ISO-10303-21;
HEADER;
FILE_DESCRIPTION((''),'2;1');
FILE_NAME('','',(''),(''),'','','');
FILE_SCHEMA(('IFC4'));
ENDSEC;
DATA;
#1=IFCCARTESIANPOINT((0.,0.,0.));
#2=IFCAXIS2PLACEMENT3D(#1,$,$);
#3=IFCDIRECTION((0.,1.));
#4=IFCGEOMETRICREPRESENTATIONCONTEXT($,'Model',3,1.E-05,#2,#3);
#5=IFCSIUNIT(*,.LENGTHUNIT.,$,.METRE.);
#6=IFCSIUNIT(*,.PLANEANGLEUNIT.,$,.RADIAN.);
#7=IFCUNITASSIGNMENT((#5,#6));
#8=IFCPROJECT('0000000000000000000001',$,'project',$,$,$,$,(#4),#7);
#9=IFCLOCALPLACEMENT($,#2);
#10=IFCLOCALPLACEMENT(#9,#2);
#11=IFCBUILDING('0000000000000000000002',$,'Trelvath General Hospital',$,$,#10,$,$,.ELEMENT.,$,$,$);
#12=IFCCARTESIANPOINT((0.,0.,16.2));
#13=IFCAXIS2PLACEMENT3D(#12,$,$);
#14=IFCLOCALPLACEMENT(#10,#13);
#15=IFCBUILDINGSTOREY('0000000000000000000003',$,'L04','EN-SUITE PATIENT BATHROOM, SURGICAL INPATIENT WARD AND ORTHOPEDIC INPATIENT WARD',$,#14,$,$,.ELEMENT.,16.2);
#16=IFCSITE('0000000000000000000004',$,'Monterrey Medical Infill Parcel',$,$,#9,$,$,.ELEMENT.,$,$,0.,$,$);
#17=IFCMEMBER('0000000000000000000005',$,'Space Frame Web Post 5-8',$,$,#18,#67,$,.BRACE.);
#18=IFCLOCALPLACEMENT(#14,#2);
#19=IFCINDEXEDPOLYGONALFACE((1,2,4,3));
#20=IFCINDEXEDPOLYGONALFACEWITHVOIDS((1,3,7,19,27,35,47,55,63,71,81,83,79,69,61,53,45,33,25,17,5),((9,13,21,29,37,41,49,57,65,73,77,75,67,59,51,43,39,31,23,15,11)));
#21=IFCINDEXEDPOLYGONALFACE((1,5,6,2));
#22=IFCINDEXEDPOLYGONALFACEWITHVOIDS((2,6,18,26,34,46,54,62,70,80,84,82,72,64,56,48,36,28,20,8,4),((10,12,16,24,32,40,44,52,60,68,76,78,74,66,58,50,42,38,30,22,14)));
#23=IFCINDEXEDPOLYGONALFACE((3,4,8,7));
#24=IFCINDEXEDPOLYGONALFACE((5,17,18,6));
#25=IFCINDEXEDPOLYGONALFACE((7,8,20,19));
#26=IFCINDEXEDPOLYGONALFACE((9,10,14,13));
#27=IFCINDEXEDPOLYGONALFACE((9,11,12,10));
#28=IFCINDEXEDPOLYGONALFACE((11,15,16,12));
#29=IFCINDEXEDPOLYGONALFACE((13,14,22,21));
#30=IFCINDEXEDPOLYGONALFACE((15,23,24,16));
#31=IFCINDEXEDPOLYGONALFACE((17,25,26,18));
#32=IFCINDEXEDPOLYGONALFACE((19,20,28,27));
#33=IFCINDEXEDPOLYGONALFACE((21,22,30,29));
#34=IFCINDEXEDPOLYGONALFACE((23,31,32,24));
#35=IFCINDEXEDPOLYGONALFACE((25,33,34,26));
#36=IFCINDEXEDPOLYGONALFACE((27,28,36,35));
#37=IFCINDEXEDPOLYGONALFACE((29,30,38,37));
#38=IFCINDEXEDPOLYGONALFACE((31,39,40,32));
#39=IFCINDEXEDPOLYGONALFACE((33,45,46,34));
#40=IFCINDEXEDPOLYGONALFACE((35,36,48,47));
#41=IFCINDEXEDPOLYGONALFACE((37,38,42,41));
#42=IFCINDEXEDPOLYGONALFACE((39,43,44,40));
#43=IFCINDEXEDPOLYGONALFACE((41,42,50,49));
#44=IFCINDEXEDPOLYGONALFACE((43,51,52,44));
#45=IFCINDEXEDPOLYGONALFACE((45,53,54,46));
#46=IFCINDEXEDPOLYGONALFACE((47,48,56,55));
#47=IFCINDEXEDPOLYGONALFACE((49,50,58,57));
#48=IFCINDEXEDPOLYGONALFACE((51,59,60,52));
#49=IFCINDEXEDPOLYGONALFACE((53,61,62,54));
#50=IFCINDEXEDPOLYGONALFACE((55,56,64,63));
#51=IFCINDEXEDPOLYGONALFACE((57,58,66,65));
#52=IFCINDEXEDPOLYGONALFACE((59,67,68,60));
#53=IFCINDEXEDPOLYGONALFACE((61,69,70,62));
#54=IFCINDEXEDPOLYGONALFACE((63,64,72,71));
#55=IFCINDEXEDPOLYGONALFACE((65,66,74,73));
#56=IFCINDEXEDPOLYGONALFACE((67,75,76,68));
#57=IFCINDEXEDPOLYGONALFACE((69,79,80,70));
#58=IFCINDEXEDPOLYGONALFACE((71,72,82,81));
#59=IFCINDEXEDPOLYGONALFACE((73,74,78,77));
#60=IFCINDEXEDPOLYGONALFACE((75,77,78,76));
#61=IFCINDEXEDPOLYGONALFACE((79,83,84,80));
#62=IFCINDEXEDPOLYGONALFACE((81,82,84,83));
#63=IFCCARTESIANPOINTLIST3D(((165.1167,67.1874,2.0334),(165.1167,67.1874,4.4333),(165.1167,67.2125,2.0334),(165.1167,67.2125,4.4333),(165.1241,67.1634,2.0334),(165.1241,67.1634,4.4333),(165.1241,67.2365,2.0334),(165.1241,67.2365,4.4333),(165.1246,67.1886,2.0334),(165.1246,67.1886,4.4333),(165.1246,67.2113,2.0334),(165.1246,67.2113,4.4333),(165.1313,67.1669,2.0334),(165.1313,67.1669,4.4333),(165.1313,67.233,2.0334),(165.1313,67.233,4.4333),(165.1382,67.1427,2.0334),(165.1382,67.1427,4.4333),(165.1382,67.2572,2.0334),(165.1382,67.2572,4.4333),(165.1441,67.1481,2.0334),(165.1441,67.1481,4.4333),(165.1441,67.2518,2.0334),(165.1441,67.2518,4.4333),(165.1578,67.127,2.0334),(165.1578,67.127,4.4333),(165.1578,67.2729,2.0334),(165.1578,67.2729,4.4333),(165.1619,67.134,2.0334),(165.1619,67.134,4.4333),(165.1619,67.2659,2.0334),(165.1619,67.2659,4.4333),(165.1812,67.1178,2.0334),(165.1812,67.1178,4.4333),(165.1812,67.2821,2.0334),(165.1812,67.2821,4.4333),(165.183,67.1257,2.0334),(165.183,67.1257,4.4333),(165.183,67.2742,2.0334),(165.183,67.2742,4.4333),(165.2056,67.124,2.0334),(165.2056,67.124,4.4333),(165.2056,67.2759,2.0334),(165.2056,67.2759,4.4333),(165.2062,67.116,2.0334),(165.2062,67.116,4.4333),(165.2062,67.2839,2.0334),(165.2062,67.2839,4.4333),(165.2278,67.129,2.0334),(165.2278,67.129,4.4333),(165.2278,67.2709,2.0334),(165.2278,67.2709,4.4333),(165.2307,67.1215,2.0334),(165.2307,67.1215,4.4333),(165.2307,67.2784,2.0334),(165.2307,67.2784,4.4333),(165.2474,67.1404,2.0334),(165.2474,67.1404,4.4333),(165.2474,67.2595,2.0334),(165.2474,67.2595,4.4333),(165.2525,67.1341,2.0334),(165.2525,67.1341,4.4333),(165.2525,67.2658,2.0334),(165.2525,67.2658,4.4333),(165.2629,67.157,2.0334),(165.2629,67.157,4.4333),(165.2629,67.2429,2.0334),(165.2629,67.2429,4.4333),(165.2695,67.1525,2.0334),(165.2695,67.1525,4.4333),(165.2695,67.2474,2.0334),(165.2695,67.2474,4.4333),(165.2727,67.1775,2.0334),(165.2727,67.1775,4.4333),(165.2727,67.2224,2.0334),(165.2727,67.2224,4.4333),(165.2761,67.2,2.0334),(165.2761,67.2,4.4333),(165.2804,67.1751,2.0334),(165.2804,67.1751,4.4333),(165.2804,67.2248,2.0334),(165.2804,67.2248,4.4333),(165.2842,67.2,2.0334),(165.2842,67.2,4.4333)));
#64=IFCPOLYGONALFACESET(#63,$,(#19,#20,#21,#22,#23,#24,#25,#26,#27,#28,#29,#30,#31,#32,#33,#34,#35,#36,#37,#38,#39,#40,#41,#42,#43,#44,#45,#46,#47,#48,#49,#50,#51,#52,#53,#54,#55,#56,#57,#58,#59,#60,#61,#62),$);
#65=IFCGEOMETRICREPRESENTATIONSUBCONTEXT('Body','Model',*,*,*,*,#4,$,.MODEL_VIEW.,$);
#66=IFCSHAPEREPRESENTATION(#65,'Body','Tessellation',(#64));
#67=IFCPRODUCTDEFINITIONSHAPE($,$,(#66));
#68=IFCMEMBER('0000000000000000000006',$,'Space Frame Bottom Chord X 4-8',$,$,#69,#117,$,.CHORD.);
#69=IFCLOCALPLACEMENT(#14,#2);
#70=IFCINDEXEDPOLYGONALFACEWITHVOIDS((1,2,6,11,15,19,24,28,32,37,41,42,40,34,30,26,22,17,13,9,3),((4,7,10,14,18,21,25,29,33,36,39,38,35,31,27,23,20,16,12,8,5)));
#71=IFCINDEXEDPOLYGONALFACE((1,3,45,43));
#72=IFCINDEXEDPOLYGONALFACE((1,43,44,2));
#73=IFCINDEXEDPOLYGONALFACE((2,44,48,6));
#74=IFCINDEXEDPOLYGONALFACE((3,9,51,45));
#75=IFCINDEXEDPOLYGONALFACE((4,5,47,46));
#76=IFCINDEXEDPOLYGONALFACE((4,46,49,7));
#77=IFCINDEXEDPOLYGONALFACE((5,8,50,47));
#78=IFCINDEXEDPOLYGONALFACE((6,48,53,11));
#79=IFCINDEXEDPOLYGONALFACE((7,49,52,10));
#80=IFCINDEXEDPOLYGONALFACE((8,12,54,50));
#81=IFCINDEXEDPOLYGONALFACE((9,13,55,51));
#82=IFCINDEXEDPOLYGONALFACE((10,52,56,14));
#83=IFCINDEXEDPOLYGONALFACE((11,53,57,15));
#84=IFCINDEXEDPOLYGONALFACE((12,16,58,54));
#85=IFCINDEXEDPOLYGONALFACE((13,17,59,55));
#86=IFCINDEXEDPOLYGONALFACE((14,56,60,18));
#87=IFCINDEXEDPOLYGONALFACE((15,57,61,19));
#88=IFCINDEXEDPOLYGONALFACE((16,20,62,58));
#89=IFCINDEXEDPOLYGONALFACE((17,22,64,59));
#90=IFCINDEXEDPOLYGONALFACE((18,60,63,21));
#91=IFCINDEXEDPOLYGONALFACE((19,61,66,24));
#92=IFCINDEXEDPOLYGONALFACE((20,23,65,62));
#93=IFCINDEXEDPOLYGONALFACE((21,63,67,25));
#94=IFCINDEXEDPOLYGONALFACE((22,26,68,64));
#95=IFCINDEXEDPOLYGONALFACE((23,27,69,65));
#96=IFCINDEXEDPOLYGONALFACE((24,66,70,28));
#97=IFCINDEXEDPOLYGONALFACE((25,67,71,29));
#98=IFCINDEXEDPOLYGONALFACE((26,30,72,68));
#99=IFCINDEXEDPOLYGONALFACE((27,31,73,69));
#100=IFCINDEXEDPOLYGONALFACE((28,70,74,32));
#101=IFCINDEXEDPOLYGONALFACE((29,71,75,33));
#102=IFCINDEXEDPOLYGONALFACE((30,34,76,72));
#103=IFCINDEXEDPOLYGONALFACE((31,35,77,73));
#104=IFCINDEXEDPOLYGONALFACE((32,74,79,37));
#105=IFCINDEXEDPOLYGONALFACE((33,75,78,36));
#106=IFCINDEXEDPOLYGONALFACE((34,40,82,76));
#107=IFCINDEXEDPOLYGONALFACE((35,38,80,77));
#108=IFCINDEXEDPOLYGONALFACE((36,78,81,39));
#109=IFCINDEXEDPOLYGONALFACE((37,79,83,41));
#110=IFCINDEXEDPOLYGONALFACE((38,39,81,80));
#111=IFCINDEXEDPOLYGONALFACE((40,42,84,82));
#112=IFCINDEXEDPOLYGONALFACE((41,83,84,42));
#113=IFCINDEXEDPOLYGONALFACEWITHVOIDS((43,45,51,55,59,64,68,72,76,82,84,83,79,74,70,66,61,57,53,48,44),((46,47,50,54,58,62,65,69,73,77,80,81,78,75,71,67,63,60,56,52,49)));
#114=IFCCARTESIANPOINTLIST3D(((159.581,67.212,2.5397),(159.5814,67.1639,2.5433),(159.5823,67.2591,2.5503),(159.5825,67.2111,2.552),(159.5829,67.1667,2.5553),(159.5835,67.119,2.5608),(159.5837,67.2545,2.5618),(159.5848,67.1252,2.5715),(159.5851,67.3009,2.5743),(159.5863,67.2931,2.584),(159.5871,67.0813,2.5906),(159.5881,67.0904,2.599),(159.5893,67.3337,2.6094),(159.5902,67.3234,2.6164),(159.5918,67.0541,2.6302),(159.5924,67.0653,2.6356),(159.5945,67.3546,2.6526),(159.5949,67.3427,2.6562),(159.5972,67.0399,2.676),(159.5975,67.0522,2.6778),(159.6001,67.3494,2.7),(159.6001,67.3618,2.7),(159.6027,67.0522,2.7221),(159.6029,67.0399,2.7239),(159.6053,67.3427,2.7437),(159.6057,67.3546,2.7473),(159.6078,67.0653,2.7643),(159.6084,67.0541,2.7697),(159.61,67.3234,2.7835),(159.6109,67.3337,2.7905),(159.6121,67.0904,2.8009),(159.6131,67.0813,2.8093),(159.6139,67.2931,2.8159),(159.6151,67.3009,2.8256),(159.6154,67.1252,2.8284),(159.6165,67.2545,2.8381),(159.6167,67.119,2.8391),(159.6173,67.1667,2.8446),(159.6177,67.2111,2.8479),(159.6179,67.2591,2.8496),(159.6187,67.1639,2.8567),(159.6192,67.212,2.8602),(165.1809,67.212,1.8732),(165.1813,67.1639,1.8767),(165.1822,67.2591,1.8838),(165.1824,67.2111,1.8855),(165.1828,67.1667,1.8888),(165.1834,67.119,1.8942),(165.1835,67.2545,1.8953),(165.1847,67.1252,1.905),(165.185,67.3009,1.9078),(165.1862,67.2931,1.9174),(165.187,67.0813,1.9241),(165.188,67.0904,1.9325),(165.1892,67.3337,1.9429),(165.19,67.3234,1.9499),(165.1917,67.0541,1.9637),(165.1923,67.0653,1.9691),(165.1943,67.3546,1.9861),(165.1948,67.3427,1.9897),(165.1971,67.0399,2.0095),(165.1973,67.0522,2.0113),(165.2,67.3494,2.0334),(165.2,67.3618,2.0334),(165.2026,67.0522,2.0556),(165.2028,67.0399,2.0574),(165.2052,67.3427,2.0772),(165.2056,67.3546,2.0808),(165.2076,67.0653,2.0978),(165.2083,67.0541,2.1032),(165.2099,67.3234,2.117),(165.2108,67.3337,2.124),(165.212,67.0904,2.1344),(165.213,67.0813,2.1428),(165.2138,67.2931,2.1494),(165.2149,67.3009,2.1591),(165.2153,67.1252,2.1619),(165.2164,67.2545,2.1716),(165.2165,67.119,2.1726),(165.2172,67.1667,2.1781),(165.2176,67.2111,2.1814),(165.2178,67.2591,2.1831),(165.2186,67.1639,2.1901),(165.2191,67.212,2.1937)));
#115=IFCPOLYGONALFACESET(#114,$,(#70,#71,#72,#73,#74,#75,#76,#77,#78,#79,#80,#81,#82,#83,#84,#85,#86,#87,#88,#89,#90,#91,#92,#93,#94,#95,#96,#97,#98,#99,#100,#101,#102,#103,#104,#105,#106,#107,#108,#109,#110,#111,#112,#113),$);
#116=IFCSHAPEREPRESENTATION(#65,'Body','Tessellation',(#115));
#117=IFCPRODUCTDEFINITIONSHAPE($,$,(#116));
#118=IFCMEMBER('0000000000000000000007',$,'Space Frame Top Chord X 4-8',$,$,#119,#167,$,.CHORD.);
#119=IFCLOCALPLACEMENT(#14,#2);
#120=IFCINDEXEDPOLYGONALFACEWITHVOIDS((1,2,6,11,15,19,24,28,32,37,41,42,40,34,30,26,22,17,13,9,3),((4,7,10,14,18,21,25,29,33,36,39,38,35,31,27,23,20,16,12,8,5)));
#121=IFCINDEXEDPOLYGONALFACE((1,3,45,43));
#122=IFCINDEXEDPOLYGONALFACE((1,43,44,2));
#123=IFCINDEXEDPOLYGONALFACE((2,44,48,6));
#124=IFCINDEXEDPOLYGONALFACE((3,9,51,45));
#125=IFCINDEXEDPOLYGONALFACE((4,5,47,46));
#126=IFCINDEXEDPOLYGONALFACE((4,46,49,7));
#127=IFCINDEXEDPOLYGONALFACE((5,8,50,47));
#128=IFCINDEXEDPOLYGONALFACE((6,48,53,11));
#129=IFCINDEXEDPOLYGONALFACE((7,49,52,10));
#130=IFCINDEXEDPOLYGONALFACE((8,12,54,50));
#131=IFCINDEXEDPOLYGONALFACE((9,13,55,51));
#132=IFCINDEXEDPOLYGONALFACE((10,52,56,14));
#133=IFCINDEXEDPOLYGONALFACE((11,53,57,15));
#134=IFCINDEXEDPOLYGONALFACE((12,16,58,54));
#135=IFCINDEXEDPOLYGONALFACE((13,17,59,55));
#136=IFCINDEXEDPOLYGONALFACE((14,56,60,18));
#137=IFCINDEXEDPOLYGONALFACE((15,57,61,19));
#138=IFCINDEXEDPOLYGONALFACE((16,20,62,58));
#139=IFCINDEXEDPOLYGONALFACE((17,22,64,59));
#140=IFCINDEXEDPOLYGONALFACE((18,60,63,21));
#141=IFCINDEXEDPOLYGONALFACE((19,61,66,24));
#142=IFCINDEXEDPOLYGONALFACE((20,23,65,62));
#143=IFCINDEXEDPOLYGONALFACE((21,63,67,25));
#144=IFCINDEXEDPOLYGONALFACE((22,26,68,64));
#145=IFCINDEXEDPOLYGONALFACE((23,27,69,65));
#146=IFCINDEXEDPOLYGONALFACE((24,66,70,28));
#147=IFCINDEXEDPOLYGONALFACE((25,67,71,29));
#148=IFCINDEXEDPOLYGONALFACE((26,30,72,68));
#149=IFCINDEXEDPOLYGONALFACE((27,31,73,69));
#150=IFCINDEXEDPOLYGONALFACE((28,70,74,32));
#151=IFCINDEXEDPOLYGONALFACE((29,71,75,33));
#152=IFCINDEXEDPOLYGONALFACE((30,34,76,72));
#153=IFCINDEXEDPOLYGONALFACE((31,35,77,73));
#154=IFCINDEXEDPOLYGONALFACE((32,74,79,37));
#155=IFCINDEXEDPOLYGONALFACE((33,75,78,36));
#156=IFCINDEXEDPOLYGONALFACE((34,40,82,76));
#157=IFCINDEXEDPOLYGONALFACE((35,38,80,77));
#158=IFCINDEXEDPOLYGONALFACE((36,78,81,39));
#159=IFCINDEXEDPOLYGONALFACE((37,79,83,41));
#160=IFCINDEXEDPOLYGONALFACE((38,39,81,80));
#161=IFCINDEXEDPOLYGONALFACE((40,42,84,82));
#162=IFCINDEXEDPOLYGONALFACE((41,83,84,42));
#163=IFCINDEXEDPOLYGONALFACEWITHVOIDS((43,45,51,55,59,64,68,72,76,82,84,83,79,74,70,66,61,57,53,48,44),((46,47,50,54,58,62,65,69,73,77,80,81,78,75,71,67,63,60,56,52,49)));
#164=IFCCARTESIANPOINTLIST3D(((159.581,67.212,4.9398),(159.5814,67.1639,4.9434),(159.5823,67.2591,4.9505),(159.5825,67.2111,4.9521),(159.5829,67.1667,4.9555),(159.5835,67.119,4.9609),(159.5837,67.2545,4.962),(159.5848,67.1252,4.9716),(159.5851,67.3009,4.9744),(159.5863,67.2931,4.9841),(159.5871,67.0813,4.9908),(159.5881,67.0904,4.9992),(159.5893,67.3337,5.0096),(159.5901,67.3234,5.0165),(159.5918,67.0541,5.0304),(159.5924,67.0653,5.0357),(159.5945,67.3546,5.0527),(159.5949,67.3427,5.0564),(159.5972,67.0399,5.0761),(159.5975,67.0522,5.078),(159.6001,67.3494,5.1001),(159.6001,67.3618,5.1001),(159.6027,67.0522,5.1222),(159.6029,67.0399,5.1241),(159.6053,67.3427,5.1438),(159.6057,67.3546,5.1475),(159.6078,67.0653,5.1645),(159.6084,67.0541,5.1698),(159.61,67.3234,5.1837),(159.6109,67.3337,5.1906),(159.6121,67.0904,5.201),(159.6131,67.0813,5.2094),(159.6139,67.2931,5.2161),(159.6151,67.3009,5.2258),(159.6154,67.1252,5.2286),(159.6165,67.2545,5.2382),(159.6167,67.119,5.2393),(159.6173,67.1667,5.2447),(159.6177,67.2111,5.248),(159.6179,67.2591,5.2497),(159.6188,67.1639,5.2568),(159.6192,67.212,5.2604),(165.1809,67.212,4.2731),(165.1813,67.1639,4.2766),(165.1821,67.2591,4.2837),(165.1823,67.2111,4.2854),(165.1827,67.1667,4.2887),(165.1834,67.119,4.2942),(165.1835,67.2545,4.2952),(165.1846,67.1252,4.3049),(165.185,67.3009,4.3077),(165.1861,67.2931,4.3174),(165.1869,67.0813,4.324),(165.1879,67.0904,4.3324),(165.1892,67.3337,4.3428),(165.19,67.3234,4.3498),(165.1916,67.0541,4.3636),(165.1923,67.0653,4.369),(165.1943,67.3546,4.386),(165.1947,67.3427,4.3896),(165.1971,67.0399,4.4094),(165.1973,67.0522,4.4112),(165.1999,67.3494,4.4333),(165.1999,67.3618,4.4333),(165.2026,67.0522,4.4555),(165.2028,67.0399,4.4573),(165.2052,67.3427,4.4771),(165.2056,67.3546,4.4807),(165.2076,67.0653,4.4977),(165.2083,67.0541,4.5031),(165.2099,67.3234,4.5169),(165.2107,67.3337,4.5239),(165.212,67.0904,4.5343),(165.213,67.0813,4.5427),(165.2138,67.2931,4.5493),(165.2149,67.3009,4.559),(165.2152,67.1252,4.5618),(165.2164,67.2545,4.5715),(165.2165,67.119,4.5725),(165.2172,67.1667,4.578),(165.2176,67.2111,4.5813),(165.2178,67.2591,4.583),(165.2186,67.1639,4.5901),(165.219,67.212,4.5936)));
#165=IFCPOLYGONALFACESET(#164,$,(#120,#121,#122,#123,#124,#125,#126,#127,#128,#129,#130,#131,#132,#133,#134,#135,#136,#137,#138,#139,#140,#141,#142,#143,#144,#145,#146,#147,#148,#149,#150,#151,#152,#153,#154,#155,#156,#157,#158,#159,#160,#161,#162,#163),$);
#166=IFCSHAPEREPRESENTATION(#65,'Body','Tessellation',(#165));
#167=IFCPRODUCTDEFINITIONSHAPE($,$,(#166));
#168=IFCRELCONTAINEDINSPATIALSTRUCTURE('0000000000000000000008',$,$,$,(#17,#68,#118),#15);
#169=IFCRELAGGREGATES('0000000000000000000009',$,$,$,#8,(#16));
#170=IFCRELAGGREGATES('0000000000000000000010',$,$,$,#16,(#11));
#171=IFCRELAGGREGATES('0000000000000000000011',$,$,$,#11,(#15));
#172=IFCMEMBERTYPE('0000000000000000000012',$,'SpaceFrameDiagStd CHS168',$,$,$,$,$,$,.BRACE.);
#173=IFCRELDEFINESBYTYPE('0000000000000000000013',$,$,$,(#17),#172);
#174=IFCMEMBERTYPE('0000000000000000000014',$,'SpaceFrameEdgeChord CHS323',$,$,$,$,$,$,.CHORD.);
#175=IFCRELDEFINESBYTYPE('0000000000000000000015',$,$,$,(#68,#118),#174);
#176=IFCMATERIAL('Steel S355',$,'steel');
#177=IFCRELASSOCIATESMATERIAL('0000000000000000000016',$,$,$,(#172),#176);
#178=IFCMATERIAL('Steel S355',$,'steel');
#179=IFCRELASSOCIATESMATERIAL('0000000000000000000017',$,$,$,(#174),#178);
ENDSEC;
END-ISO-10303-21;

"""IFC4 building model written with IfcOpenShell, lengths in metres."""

from ifc_helpers import new_model, si_unit, direction, frame, origin, origin_2d, place, context, subcontext, project, spatial, hollow_circle, extrude, material, material_profile, profile_set, type_object, element, save


model = new_model("IFC4")

# Units and contexts
model_context = context("Model", 3, precision=1e-05, world=origin(), true_north=direction((0.0, 1.0)))
body_context = subcontext(model_context, "Body", "Model", "MODEL_VIEW")
ifc_project = project(units=[si_unit("LENGTHUNIT", "METRE"), si_unit("PLANEANGLEUNIT", "RADIAN")], contexts=[model_context])

# Site, building, storey
site_placement = place(None, origin())
site = spatial("IfcSite", under=ifc_project, at=site_placement, Name="Monterrey Medical Infill Parcel", CompositionType="ELEMENT", RefElevation=0.0)
building_placement = place(site_placement, origin())
building = spatial("IfcBuilding", under=site, at=building_placement, Name="Trelvath General Hospital", CompositionType="ELEMENT")
storey_placement = place(building_placement, frame((0.0, 0.0, 16.2)))
storey = spatial("IfcBuildingStorey", under=building, at=storey_placement, Name="L04", Description="EN-SUITE PATIENT BATHROOM, SURGICAL INPATIENT WARD AND ORTHOPEDIC INPATIENT WARD", CompositionType="ELEMENT", Elevation=16.2)

# Members
ifc_material_1 = material(Name="Steel S355", Category="steel")
ifc_material_profile_1 = material_profile(ifc_material_1, hollow_circle(Radius=0.0842, WallThickness=0.0081, at=origin_2d()), Name="CHS168.3x8.0")
ifc_profile_set_1 = profile_set([ifc_material_profile_1], Name="Steel S355")
member_type_1 = type_object("IfcMemberType", Name="SpaceFrameDiagStd CHS168", PredefinedType="BRACE", material=ifc_profile_set_1)
member_1_placement = place(storey_placement, frame((165.2, 67.2, 2.0334), z_axis=(0.0, 0.0, 1.0), x_axis=(1.0, 0.0, 0.0)))
element("IfcMember", 1, at=member_1_placement, inside=storey, type_object=member_type_1, Name="Space Frame Web Post 5-8", PredefinedType="BRACE", context=body_context, shape_type="SweptSolid", body=[
    extrude(hollow_circle(Radius=0.0842, WallThickness=0.0081, at=origin_2d()), origin(), (0.0, 0.0, 1.0), 2.3999),
])
ifc_material_2 = material(Name="Steel S355", Category="steel")
ifc_material_profile_2 = material_profile(ifc_material_2, hollow_circle(Radius=0.1619, WallThickness=0.0125, at=origin_2d()), Name="CHS323.9x12.5")
ifc_profile_set_2 = profile_set([ifc_material_profile_2], Name="Steel S355")
member_type_2 = type_object("IfcMemberType", Name="SpaceFrameEdgeChord CHS323", PredefinedType="CHORD", material=ifc_profile_set_2)
for number, where, z_axis, x_axis, name in (
    (2, (159.6001, 67.2, 2.7), (0.992991, 0.0, -0.118187), (0.0, 1.0, 0.0), "Space Frame Bottom Chord X 4-8"),
    (3, (159.6001, 67.2, 5.1001), (0.992986, 0.0, -0.11823), (0.0, 1.0, 0.0), "Space Frame Top Chord X 4-8"),
):
    element("IfcMember", number, at=place(storey_placement, frame(where, z_axis=z_axis, x_axis=x_axis)), inside=storey, type_object=member_type_2, Name=name, PredefinedType="CHORD", context=body_context, shape_type="SweptSolid", body=[
        extrude(hollow_circle(Radius=0.1619, WallThickness=0.0125, at=origin_2d()), origin(), (0.0, 0.0, 1.0), 5.6394),
    ])

save(model, "model.ifc")
